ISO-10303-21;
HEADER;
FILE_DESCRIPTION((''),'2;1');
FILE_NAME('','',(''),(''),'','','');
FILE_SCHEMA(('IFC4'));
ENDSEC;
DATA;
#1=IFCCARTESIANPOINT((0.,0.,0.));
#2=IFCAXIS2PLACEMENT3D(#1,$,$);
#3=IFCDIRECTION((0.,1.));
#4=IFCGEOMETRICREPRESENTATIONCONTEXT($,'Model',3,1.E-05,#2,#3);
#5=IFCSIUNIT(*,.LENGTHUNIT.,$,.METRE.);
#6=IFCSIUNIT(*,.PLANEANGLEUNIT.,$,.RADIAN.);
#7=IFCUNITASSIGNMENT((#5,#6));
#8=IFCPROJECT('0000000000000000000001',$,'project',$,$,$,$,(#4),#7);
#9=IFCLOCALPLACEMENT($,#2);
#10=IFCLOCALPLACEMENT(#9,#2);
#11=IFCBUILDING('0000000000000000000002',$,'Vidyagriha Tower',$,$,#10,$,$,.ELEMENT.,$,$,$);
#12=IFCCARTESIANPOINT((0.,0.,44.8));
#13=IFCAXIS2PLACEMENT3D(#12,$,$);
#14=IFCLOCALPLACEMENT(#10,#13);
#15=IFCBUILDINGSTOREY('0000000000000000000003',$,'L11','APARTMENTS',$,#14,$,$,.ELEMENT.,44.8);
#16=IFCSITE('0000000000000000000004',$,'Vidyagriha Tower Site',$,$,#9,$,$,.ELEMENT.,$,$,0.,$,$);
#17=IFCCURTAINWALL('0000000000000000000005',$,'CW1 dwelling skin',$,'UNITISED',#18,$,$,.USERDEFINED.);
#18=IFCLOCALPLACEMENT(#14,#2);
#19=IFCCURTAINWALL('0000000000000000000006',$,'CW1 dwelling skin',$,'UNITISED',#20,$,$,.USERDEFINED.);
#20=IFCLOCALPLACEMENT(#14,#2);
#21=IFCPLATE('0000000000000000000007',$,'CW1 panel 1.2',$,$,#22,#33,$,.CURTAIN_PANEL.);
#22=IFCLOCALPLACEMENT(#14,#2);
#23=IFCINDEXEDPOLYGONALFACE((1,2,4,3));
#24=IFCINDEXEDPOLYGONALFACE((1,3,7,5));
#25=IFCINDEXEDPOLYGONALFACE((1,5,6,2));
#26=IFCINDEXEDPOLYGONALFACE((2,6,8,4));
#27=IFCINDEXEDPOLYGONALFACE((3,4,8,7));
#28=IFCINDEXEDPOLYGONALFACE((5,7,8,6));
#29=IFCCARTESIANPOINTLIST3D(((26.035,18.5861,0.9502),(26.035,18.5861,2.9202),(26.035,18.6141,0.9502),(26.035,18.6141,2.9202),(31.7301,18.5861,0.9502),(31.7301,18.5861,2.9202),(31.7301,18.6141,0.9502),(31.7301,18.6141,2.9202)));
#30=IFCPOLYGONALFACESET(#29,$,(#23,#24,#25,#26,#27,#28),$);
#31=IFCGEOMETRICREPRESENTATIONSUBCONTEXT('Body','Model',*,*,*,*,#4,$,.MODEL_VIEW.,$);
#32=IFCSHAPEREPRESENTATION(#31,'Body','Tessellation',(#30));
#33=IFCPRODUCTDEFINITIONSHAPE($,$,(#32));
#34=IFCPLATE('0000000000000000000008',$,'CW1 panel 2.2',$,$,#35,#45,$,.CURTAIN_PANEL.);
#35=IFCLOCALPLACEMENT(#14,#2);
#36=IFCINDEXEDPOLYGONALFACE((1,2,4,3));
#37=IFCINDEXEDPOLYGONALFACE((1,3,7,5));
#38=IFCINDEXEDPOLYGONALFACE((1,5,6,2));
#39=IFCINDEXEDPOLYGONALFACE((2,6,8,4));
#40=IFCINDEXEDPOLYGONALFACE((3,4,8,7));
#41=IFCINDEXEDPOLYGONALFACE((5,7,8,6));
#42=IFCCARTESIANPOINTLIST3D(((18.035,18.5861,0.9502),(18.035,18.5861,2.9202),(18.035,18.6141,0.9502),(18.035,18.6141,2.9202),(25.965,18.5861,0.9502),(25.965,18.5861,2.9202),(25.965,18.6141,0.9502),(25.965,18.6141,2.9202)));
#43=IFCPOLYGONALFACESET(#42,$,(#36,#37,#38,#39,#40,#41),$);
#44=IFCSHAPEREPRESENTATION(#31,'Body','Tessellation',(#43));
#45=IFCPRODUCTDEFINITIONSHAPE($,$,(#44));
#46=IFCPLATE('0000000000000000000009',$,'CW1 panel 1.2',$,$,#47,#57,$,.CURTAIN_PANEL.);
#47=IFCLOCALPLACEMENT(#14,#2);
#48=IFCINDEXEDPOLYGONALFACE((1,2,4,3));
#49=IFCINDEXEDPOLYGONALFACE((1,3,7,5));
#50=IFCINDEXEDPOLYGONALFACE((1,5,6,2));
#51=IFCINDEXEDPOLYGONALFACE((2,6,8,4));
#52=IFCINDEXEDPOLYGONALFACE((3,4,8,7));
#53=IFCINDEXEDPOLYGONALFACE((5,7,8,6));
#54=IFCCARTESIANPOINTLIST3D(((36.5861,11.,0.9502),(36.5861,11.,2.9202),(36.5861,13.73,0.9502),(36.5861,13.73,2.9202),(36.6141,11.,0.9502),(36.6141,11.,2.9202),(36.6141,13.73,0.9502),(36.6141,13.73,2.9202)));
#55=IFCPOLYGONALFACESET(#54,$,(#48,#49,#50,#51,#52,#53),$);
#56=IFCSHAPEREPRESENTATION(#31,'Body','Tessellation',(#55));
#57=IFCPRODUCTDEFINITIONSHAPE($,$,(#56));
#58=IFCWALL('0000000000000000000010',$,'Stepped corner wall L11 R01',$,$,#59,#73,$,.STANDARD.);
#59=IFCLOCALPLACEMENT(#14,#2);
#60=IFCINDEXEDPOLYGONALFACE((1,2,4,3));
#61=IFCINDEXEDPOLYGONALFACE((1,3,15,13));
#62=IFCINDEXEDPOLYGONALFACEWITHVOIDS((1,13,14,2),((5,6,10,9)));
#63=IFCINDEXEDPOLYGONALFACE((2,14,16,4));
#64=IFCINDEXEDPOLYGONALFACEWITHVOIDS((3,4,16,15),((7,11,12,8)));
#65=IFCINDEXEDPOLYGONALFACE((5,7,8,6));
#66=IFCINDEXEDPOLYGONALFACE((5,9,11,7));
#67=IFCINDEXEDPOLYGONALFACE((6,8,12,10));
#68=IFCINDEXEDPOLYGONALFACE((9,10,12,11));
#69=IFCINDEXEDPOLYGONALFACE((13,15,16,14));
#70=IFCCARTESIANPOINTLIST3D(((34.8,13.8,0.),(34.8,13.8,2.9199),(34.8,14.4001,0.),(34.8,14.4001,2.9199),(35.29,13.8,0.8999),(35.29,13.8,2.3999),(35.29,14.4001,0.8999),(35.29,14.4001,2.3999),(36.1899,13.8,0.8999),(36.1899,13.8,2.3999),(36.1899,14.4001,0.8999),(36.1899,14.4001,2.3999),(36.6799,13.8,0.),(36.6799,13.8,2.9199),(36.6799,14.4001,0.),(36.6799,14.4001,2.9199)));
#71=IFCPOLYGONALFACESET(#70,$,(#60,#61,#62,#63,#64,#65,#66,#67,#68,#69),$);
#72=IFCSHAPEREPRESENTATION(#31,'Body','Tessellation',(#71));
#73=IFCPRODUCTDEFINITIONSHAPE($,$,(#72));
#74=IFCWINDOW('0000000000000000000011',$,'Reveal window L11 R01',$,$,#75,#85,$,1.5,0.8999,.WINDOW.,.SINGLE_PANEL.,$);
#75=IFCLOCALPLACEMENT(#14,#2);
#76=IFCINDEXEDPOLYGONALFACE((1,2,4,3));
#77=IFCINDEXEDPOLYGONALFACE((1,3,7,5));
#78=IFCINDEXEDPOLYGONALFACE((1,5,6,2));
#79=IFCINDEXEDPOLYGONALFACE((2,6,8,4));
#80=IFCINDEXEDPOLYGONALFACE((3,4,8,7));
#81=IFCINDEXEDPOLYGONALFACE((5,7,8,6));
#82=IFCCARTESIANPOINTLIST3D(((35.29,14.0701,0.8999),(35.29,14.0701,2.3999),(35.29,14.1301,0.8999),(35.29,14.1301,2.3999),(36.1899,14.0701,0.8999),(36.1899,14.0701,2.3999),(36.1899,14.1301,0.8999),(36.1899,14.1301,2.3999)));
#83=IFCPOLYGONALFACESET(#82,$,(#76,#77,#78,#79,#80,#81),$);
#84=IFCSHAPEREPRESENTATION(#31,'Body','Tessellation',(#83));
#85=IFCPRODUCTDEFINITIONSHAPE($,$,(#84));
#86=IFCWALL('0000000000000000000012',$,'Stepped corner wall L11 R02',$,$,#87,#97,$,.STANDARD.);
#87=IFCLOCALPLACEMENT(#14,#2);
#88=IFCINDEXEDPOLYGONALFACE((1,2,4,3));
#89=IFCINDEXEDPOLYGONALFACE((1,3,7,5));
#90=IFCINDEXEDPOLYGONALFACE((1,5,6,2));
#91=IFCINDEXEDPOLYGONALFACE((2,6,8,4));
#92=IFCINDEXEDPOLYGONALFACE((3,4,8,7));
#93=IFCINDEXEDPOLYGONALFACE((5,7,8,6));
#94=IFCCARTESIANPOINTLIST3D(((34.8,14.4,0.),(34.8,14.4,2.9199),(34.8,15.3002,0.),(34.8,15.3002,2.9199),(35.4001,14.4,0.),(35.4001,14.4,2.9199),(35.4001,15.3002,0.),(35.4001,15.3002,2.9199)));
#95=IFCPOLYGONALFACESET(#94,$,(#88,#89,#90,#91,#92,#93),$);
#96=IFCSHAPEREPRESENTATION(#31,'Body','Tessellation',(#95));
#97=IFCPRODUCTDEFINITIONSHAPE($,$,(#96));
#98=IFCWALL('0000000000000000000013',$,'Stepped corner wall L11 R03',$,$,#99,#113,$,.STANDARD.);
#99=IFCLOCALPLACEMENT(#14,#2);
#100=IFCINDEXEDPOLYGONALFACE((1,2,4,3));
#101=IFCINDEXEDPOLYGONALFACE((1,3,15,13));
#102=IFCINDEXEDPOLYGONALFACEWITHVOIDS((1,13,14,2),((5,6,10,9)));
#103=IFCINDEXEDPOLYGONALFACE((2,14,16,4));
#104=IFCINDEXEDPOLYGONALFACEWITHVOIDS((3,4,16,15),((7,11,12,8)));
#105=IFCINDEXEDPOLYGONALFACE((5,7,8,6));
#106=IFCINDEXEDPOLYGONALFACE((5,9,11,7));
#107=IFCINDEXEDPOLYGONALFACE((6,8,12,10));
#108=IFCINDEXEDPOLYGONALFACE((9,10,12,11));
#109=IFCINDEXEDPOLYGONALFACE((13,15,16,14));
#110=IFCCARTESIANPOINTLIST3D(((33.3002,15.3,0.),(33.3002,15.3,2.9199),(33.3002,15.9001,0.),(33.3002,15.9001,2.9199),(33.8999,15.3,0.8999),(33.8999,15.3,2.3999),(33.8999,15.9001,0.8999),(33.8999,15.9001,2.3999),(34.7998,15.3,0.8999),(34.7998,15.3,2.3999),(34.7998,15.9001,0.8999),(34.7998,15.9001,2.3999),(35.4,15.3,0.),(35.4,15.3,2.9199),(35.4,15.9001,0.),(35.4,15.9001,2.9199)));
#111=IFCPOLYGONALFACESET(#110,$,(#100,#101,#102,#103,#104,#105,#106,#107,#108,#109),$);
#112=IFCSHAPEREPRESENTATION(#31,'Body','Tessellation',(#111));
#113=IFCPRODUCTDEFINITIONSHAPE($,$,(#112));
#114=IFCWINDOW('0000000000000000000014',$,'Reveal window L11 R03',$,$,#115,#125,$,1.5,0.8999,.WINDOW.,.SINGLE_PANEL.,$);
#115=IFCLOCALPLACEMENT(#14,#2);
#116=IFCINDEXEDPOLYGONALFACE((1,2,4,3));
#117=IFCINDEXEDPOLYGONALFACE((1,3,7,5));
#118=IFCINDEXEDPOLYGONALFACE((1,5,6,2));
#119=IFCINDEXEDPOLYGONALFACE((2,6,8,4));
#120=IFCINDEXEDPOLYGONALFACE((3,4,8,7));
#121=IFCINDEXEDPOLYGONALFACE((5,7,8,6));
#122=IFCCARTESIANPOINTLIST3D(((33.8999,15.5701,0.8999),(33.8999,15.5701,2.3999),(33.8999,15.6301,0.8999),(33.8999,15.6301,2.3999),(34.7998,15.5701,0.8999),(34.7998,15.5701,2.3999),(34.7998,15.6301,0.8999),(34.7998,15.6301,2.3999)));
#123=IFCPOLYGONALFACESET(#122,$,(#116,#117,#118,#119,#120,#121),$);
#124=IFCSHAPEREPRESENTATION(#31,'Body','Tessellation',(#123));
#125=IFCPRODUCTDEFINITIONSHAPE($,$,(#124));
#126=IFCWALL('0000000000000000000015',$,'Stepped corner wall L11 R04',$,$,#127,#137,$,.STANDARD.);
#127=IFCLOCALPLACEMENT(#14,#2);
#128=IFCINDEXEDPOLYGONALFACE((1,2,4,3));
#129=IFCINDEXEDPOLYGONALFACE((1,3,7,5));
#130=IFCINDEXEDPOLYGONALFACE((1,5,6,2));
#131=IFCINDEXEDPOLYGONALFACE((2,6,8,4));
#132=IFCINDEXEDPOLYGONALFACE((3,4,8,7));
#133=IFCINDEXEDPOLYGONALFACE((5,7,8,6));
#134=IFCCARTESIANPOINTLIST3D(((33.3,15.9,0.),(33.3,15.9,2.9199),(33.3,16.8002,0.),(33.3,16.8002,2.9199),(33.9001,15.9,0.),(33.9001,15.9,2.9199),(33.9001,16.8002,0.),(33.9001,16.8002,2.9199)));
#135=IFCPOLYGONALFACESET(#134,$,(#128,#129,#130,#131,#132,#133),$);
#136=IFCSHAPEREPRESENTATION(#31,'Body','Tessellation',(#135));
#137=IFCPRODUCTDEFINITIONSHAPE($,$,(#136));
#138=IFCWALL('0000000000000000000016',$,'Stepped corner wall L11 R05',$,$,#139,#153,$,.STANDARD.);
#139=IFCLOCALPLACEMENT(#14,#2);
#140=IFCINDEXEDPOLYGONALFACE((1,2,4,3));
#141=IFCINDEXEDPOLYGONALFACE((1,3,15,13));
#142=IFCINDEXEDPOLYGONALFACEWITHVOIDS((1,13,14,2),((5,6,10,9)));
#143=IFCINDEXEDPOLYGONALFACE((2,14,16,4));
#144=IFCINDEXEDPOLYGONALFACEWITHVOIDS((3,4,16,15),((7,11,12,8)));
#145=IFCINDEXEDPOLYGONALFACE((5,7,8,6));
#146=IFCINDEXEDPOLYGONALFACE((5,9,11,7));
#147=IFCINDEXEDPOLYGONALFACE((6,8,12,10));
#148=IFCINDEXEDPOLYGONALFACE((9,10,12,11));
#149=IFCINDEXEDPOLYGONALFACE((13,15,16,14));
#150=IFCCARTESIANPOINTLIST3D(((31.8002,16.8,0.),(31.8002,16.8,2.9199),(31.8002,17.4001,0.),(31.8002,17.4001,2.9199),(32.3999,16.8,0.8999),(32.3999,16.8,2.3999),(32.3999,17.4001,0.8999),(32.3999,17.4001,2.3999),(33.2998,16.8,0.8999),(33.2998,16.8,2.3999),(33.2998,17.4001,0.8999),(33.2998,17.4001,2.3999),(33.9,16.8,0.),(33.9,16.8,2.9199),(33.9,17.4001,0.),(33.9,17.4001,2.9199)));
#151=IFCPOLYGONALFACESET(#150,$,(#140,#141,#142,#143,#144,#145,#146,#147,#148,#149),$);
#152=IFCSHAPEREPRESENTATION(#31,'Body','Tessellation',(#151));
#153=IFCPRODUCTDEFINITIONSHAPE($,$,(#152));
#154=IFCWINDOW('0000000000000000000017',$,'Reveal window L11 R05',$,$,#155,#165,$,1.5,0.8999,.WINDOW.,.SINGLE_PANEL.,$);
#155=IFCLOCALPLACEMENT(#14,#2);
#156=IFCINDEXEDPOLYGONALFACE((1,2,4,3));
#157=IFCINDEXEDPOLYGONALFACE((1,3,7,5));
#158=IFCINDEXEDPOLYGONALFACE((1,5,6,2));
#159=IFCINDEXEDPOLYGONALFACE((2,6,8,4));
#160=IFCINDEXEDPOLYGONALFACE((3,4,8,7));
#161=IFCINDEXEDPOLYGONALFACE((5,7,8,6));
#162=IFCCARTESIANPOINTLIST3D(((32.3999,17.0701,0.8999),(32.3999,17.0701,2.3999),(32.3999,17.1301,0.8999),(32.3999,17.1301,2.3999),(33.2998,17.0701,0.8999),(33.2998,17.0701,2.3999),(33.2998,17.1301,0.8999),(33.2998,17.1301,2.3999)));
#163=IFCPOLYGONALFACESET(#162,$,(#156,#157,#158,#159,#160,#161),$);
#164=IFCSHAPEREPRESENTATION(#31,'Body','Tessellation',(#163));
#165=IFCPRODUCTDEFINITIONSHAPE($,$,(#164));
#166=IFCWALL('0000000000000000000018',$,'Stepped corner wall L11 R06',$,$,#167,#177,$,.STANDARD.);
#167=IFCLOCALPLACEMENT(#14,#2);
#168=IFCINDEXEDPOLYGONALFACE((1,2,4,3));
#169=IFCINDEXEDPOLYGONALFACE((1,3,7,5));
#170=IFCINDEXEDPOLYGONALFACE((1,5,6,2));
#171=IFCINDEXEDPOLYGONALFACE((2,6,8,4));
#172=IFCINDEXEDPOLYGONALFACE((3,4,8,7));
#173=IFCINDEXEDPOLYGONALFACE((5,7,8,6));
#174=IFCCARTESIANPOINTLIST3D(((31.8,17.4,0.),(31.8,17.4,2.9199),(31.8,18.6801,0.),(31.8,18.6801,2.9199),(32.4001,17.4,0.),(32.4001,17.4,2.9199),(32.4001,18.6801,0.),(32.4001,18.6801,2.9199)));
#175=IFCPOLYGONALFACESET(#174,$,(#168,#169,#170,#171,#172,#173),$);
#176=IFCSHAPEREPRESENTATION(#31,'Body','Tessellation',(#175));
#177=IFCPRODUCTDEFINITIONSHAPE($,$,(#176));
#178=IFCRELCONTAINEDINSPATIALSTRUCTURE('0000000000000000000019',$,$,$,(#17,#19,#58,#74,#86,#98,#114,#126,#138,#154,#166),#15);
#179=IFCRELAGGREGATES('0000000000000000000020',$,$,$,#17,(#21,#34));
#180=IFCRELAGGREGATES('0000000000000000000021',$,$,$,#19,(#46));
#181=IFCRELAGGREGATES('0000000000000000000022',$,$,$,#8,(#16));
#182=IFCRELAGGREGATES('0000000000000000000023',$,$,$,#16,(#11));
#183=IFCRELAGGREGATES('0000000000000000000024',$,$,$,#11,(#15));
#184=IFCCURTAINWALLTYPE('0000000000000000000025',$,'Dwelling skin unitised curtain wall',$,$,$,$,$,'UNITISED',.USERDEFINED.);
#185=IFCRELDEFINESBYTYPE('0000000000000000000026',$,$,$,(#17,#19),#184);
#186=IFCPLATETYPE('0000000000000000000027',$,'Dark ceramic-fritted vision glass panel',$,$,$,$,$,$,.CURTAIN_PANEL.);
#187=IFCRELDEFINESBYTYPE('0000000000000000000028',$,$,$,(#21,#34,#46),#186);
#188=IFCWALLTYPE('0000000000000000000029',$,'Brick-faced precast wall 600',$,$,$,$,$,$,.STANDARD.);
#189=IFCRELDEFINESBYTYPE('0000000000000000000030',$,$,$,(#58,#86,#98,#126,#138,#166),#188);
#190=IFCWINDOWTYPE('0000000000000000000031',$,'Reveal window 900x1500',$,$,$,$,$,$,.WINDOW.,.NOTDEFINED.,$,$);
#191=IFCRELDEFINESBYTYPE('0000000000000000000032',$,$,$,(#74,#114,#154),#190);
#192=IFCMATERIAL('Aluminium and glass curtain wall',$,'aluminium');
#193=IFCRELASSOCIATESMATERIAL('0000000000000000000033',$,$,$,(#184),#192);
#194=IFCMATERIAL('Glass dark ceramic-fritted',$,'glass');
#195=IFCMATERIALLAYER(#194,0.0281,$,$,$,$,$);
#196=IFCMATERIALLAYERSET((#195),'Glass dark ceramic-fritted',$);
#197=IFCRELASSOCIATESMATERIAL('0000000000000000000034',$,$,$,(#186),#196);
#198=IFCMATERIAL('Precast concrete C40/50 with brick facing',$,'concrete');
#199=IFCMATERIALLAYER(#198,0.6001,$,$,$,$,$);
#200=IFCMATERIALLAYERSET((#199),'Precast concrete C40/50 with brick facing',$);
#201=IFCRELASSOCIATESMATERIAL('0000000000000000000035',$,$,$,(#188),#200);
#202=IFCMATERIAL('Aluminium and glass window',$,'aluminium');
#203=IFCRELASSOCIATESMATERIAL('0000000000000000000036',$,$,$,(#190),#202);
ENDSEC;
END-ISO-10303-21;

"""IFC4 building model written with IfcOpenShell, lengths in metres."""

from ifc_helpers import new_model, si_unit, direction, frame, frame_2d, origin, origin_2d, place, context, subcontext, project, spatial, rectangle, extrude, material, layer, layer_set, type_object, element, fill, aggregate, save


model = new_model("IFC4")

# Units and contexts
model_context = context("Model", 3, precision=1e-05, world=origin(), true_north=direction((0.0, 1.0)))
body_context = subcontext(model_context, "Body", "Model", "MODEL_VIEW")
ifc_project = project(units=[si_unit("LENGTHUNIT", "METRE"), si_unit("PLANEANGLEUNIT", "RADIAN")], contexts=[model_context])

# Site, building, storey
site_placement = place(None, origin())
site = spatial("IfcSite", under=ifc_project, at=site_placement, Name="Vidyagriha Tower Site", CompositionType="ELEMENT", RefElevation=0.0)
building_placement = place(site_placement, origin())
building = spatial("IfcBuilding", under=site, at=building_placement, Name="Vidyagriha Tower", CompositionType="ELEMENT")
storey_placement = place(building_placement, frame((0.0, 0.0, 44.8)))
storey = spatial("IfcBuildingStorey", under=building, at=storey_placement, Name="L11", Description="APARTMENTS", CompositionType="ELEMENT", Elevation=44.8)

# Curtain wall
ifc_material_1 = material(Name="Aluminium and glass curtain wall", Category="aluminium")
curtain_wall_type = type_object("IfcCurtainWallType", Name="Dwelling skin unitised curtain wall", ElementType="UNITISED", PredefinedType="USERDEFINED", material=ifc_material_1)
curtain_wall_1_placement = place(storey_placement, origin())
curtain_wall_1 = element("IfcCurtainWall", 1, at=curtain_wall_1_placement, inside=storey, type_object=curtain_wall_type, Name="CW1 dwelling skin", ObjectType="UNITISED", PredefinedType="USERDEFINED")

# Curtain wall
curtain_wall_2_placement = place(storey_placement, origin())
curtain_wall_2 = element("IfcCurtainWall", 2, at=curtain_wall_2_placement, inside=storey, type_object=curtain_wall_type, Name="CW1 dwelling skin", ObjectType="UNITISED", PredefinedType="USERDEFINED")

# Plates
ifc_material_2 = material(Name="Glass dark ceramic-fritted", Category="glass")
ifc_layer_1 = layer(ifc_material_2, 0.0281)
ifc_layer_set_1 = layer_set([ifc_layer_1], Name="Glass dark ceramic-fritted")
plate_type_1 = type_object("IfcPlateType", Name="Dark ceramic-fritted vision glass panel", PredefinedType="CURTAIN_PANEL", material=ifc_layer_set_1)
plate_1_placement = place(storey_placement, frame((28.8826, 18.6001, 0.9502), z_axis=(0.0, 0.0, 1.0), x_axis=(-1.0, 0.0, 0.0)))
plate_1 = element("IfcPlate", 3, at=plate_1_placement, type_object=plate_type_1, Name="CW1 panel 1.2", PredefinedType="CURTAIN_PANEL", context=body_context, shape_type="SweptSolid", body=[
    extrude(rectangle(XDim=5.6951, YDim=0.0281, at=origin_2d()), origin(), (0.0, 0.0, 1.0), 1.97),
])
plate_2_placement = place(storey_placement, frame((22.0, 18.6001, 0.9502), z_axis=(0.0, 0.0, 1.0), x_axis=(-1.0, 0.0, 0.0)))
plate_2 = element("IfcPlate", 4, at=plate_2_placement, type_object=plate_type_1, Name="CW1 panel 2.2", PredefinedType="CURTAIN_PANEL", context=body_context, shape_type="SweptSolid", body=[
    extrude(rectangle(XDim=7.9299, YDim=0.0281, at=origin_2d()), origin(), (0.0, 0.0, 1.0), 1.97),
])
aggregate(curtain_wall_1, [plate_1, plate_2])
plate_3_placement = place(storey_placement, frame((36.6001, 12.365, 0.9502), z_axis=(0.0, 0.0, 1.0), x_axis=(0.0, 1.0, 0.0)))
plate_3 = element("IfcPlate", 5, at=plate_3_placement, type_object=plate_type_1, Name="CW1 panel 1.2", PredefinedType="CURTAIN_PANEL", context=body_context, shape_type="SweptSolid", body=[
    extrude(rectangle(XDim=2.73, YDim=0.0281, at=origin_2d()), origin(), (0.0, 0.0, 1.0), 1.97),
])
aggregate(curtain_wall_2, [plate_3])

# Wall, opening, window
ifc_material_3 = material(Name="Precast concrete C40/50 with brick facing", Category="concrete")
ifc_layer_2 = layer(ifc_material_3, 0.6001)
ifc_layer_set_2 = layer_set([ifc_layer_2], Name="Precast concrete C40/50 with brick facing")
wall_type_1 = type_object("IfcWallType", Name="Brick-faced precast wall 600", PredefinedType="STANDARD", material=ifc_layer_set_2)
wall_1_placement = place(storey_placement, frame((36.6799, 14.1001, 0.0), z_axis=(0.0, 0.0, 1.0), x_axis=(-1.0, 0.0, 0.0)))
wall_1 = element("IfcWall", 6, at=wall_1_placement, inside=storey, type_object=wall_type_1, Name="Stepped corner wall L11 R01", PredefinedType="STANDARD", context=body_context, shape_type="SweptSolid", body=[
    extrude(rectangle(XDim=1.8799, YDim=0.6001, at=frame_2d((0.9399, 0.0))), origin(), (0.0, 0.0, 1.0), 2.9199),
])
opening_1_placement = place(wall_1_placement, frame((0.49, 0.0, 0.8999)))
opening_1 = element("IfcOpeningElement", 7, at=opening_1_placement, cuts=wall_1, PredefinedType="OPENING", context=body_context, shape_type="SweptSolid", body=[
    extrude(rectangle(XDim=0.8999, YDim=1.5, at=frame_2d((0.45, 0.75))), frame((0.0, 0.3101, 0.0), z_axis=(0.0, -1.0, 0.0), x_axis=(1.0, 0.0, 0.0)), (0.0, 0.0, 1.0), 0.6201),
])
ifc_material_4 = material(Name="Aluminium and glass window", Category="aluminium")
window_type = type_object("IfcWindowType", Name="Reveal window 900x1500", PartitioningType="NOTDEFINED", PredefinedType="WINDOW", material=ifc_material_4)
window_1_placement = place(opening_1_placement, origin())
window_1 = element("IfcWindow", 8, at=window_1_placement, inside=storey, type_object=window_type, Name="Reveal window L11 R01", OverallHeight=1.5, OverallWidth=0.8999, PartitioningType="SINGLE_PANEL", PredefinedType="WINDOW", context=body_context, shape_type="SweptSolid", body=[
    extrude(rectangle(XDim=0.8999, YDim=1.5, at=frame_2d((0.45, 0.75))), frame((0.0, 0.03, 0.0), z_axis=(0.0, -1.0, 0.0), x_axis=(1.0, 0.0, 0.0)), (0.0, 0.0, 1.0), 0.0601),
])
fill(opening_1, window_1)

# Wall
wall_2_placement = place(storey_placement, frame((35.1001, 14.3999, 0.0), z_axis=(0.0, 0.0, 1.0), x_axis=(0.0, 1.0, 0.0)))
element("IfcWall", 9, at=wall_2_placement, inside=storey, type_object=wall_type_1, Name="Stepped corner wall L11 R02", PredefinedType="STANDARD", context=body_context, shape_type="SweptSolid", body=[
    extrude(rectangle(XDim=0.9001, YDim=0.6001, at=frame_2d((0.4502, 0.0))), origin(), (0.0, 0.0, 1.0), 2.9199),
])

# Wall, opening, window
wall_3_placement = place(storey_placement, frame((35.3999, 15.6001, 0.0), z_axis=(0.0, 0.0, 1.0), x_axis=(-1.0, 0.0, 0.0)))
wall_3 = element("IfcWall", 10, at=wall_3_placement, inside=storey, type_object=wall_type_1, Name="Stepped corner wall L11 R03", PredefinedType="STANDARD", context=body_context, shape_type="SweptSolid", body=[
    extrude(rectangle(XDim=2.0999, YDim=0.6001, at=frame_2d((1.0498, 0.0))), origin(), (0.0, 0.0, 1.0), 2.9199),
])
opening_2_placement = place(wall_3_placement, frame((0.6001, 0.0, 0.8999)))
opening_2 = element("IfcOpeningElement", 11, at=opening_2_placement, cuts=wall_3, PredefinedType="OPENING", context=body_context, shape_type="SweptSolid", body=[
    extrude(rectangle(XDim=0.8999, YDim=1.5, at=frame_2d((0.45, 0.75))), frame((0.0, 0.3101, 0.0), z_axis=(0.0, -1.0, 0.0), x_axis=(1.0, 0.0, 0.0)), (0.0, 0.0, 1.0), 0.6201),
])
window_2_placement = place(opening_2_placement, origin())
window_2 = element("IfcWindow", 12, at=window_2_placement, inside=storey, type_object=window_type, Name="Reveal window L11 R03", OverallHeight=1.5, OverallWidth=0.8999, PartitioningType="SINGLE_PANEL", PredefinedType="WINDOW", context=body_context, shape_type="SweptSolid", body=[
    extrude(rectangle(XDim=0.8999, YDim=1.5, at=frame_2d((0.45, 0.75))), frame((0.0, 0.03, 0.0), z_axis=(0.0, -1.0, 0.0), x_axis=(1.0, 0.0, 0.0)), (0.0, 0.0, 1.0), 0.0601),
])
fill(opening_2, window_2)

# Wall
wall_4_placement = place(storey_placement, frame((33.6001, 15.8999, 0.0), z_axis=(0.0, 0.0, 1.0), x_axis=(0.0, 1.0, 0.0)))
element("IfcWall", 13, at=wall_4_placement, inside=storey, type_object=wall_type_1, Name="Stepped corner wall L11 R04", PredefinedType="STANDARD", context=body_context, shape_type="SweptSolid", body=[
    extrude(rectangle(XDim=0.9001, YDim=0.6001, at=frame_2d((0.4502, 0.0))), origin(), (0.0, 0.0, 1.0), 2.9199),
])

# Wall, opening, window
wall_5_placement = place(storey_placement, frame((33.8999, 17.1001, 0.0), z_axis=(0.0, 0.0, 1.0), x_axis=(-1.0, 0.0, 0.0)))
wall_5 = element("IfcWall", 14, at=wall_5_placement, inside=storey, type_object=wall_type_1, Name="Stepped corner wall L11 R05", PredefinedType="STANDARD", context=body_context, shape_type="SweptSolid", body=[
    extrude(rectangle(XDim=2.0999, YDim=0.6001, at=frame_2d((1.0498, 0.0))), origin(), (0.0, 0.0, 1.0), 2.9199),
])
opening_3_placement = place(wall_5_placement, frame((0.6001, 0.0, 0.8999)))
opening_3 = element("IfcOpeningElement", 15, at=opening_3_placement, cuts=wall_5, PredefinedType="OPENING", context=body_context, shape_type="SweptSolid", body=[
    extrude(rectangle(XDim=0.8999, YDim=1.5, at=frame_2d((0.45, 0.75))), frame((0.0, 0.3101, 0.0), z_axis=(0.0, -1.0, 0.0), x_axis=(1.0, 0.0, 0.0)), (0.0, 0.0, 1.0), 0.6201),
])
window_3_placement = place(opening_3_placement, origin())
window_3 = element("IfcWindow", 16, at=window_3_placement, inside=storey, type_object=window_type, Name="Reveal window L11 R05", OverallHeight=1.5, OverallWidth=0.8999, PartitioningType="SINGLE_PANEL", PredefinedType="WINDOW", context=body_context, shape_type="SweptSolid", body=[
    extrude(rectangle(XDim=0.8999, YDim=1.5, at=frame_2d((0.45, 0.75))), frame((0.0, 0.03, 0.0), z_axis=(0.0, -1.0, 0.0), x_axis=(1.0, 0.0, 0.0)), (0.0, 0.0, 1.0), 0.0601),
])
fill(opening_3, window_3)

# Wall
wall_6_placement = place(storey_placement, frame((32.1001, 17.3999, 0.0), z_axis=(0.0, 0.0, 1.0), x_axis=(0.0, 1.0, 0.0)))
element("IfcWall", 17, at=wall_6_placement, inside=storey, type_object=wall_type_1, Name="Stepped corner wall L11 R06", PredefinedType="STANDARD", context=body_context, shape_type="SweptSolid", body=[
    extrude(rectangle(XDim=1.28, YDim=0.6001, at=frame_2d((0.6401, 0.0))), origin(), (0.0, 0.0, 1.0), 2.9199),
])

save(model, "model.ifc")
